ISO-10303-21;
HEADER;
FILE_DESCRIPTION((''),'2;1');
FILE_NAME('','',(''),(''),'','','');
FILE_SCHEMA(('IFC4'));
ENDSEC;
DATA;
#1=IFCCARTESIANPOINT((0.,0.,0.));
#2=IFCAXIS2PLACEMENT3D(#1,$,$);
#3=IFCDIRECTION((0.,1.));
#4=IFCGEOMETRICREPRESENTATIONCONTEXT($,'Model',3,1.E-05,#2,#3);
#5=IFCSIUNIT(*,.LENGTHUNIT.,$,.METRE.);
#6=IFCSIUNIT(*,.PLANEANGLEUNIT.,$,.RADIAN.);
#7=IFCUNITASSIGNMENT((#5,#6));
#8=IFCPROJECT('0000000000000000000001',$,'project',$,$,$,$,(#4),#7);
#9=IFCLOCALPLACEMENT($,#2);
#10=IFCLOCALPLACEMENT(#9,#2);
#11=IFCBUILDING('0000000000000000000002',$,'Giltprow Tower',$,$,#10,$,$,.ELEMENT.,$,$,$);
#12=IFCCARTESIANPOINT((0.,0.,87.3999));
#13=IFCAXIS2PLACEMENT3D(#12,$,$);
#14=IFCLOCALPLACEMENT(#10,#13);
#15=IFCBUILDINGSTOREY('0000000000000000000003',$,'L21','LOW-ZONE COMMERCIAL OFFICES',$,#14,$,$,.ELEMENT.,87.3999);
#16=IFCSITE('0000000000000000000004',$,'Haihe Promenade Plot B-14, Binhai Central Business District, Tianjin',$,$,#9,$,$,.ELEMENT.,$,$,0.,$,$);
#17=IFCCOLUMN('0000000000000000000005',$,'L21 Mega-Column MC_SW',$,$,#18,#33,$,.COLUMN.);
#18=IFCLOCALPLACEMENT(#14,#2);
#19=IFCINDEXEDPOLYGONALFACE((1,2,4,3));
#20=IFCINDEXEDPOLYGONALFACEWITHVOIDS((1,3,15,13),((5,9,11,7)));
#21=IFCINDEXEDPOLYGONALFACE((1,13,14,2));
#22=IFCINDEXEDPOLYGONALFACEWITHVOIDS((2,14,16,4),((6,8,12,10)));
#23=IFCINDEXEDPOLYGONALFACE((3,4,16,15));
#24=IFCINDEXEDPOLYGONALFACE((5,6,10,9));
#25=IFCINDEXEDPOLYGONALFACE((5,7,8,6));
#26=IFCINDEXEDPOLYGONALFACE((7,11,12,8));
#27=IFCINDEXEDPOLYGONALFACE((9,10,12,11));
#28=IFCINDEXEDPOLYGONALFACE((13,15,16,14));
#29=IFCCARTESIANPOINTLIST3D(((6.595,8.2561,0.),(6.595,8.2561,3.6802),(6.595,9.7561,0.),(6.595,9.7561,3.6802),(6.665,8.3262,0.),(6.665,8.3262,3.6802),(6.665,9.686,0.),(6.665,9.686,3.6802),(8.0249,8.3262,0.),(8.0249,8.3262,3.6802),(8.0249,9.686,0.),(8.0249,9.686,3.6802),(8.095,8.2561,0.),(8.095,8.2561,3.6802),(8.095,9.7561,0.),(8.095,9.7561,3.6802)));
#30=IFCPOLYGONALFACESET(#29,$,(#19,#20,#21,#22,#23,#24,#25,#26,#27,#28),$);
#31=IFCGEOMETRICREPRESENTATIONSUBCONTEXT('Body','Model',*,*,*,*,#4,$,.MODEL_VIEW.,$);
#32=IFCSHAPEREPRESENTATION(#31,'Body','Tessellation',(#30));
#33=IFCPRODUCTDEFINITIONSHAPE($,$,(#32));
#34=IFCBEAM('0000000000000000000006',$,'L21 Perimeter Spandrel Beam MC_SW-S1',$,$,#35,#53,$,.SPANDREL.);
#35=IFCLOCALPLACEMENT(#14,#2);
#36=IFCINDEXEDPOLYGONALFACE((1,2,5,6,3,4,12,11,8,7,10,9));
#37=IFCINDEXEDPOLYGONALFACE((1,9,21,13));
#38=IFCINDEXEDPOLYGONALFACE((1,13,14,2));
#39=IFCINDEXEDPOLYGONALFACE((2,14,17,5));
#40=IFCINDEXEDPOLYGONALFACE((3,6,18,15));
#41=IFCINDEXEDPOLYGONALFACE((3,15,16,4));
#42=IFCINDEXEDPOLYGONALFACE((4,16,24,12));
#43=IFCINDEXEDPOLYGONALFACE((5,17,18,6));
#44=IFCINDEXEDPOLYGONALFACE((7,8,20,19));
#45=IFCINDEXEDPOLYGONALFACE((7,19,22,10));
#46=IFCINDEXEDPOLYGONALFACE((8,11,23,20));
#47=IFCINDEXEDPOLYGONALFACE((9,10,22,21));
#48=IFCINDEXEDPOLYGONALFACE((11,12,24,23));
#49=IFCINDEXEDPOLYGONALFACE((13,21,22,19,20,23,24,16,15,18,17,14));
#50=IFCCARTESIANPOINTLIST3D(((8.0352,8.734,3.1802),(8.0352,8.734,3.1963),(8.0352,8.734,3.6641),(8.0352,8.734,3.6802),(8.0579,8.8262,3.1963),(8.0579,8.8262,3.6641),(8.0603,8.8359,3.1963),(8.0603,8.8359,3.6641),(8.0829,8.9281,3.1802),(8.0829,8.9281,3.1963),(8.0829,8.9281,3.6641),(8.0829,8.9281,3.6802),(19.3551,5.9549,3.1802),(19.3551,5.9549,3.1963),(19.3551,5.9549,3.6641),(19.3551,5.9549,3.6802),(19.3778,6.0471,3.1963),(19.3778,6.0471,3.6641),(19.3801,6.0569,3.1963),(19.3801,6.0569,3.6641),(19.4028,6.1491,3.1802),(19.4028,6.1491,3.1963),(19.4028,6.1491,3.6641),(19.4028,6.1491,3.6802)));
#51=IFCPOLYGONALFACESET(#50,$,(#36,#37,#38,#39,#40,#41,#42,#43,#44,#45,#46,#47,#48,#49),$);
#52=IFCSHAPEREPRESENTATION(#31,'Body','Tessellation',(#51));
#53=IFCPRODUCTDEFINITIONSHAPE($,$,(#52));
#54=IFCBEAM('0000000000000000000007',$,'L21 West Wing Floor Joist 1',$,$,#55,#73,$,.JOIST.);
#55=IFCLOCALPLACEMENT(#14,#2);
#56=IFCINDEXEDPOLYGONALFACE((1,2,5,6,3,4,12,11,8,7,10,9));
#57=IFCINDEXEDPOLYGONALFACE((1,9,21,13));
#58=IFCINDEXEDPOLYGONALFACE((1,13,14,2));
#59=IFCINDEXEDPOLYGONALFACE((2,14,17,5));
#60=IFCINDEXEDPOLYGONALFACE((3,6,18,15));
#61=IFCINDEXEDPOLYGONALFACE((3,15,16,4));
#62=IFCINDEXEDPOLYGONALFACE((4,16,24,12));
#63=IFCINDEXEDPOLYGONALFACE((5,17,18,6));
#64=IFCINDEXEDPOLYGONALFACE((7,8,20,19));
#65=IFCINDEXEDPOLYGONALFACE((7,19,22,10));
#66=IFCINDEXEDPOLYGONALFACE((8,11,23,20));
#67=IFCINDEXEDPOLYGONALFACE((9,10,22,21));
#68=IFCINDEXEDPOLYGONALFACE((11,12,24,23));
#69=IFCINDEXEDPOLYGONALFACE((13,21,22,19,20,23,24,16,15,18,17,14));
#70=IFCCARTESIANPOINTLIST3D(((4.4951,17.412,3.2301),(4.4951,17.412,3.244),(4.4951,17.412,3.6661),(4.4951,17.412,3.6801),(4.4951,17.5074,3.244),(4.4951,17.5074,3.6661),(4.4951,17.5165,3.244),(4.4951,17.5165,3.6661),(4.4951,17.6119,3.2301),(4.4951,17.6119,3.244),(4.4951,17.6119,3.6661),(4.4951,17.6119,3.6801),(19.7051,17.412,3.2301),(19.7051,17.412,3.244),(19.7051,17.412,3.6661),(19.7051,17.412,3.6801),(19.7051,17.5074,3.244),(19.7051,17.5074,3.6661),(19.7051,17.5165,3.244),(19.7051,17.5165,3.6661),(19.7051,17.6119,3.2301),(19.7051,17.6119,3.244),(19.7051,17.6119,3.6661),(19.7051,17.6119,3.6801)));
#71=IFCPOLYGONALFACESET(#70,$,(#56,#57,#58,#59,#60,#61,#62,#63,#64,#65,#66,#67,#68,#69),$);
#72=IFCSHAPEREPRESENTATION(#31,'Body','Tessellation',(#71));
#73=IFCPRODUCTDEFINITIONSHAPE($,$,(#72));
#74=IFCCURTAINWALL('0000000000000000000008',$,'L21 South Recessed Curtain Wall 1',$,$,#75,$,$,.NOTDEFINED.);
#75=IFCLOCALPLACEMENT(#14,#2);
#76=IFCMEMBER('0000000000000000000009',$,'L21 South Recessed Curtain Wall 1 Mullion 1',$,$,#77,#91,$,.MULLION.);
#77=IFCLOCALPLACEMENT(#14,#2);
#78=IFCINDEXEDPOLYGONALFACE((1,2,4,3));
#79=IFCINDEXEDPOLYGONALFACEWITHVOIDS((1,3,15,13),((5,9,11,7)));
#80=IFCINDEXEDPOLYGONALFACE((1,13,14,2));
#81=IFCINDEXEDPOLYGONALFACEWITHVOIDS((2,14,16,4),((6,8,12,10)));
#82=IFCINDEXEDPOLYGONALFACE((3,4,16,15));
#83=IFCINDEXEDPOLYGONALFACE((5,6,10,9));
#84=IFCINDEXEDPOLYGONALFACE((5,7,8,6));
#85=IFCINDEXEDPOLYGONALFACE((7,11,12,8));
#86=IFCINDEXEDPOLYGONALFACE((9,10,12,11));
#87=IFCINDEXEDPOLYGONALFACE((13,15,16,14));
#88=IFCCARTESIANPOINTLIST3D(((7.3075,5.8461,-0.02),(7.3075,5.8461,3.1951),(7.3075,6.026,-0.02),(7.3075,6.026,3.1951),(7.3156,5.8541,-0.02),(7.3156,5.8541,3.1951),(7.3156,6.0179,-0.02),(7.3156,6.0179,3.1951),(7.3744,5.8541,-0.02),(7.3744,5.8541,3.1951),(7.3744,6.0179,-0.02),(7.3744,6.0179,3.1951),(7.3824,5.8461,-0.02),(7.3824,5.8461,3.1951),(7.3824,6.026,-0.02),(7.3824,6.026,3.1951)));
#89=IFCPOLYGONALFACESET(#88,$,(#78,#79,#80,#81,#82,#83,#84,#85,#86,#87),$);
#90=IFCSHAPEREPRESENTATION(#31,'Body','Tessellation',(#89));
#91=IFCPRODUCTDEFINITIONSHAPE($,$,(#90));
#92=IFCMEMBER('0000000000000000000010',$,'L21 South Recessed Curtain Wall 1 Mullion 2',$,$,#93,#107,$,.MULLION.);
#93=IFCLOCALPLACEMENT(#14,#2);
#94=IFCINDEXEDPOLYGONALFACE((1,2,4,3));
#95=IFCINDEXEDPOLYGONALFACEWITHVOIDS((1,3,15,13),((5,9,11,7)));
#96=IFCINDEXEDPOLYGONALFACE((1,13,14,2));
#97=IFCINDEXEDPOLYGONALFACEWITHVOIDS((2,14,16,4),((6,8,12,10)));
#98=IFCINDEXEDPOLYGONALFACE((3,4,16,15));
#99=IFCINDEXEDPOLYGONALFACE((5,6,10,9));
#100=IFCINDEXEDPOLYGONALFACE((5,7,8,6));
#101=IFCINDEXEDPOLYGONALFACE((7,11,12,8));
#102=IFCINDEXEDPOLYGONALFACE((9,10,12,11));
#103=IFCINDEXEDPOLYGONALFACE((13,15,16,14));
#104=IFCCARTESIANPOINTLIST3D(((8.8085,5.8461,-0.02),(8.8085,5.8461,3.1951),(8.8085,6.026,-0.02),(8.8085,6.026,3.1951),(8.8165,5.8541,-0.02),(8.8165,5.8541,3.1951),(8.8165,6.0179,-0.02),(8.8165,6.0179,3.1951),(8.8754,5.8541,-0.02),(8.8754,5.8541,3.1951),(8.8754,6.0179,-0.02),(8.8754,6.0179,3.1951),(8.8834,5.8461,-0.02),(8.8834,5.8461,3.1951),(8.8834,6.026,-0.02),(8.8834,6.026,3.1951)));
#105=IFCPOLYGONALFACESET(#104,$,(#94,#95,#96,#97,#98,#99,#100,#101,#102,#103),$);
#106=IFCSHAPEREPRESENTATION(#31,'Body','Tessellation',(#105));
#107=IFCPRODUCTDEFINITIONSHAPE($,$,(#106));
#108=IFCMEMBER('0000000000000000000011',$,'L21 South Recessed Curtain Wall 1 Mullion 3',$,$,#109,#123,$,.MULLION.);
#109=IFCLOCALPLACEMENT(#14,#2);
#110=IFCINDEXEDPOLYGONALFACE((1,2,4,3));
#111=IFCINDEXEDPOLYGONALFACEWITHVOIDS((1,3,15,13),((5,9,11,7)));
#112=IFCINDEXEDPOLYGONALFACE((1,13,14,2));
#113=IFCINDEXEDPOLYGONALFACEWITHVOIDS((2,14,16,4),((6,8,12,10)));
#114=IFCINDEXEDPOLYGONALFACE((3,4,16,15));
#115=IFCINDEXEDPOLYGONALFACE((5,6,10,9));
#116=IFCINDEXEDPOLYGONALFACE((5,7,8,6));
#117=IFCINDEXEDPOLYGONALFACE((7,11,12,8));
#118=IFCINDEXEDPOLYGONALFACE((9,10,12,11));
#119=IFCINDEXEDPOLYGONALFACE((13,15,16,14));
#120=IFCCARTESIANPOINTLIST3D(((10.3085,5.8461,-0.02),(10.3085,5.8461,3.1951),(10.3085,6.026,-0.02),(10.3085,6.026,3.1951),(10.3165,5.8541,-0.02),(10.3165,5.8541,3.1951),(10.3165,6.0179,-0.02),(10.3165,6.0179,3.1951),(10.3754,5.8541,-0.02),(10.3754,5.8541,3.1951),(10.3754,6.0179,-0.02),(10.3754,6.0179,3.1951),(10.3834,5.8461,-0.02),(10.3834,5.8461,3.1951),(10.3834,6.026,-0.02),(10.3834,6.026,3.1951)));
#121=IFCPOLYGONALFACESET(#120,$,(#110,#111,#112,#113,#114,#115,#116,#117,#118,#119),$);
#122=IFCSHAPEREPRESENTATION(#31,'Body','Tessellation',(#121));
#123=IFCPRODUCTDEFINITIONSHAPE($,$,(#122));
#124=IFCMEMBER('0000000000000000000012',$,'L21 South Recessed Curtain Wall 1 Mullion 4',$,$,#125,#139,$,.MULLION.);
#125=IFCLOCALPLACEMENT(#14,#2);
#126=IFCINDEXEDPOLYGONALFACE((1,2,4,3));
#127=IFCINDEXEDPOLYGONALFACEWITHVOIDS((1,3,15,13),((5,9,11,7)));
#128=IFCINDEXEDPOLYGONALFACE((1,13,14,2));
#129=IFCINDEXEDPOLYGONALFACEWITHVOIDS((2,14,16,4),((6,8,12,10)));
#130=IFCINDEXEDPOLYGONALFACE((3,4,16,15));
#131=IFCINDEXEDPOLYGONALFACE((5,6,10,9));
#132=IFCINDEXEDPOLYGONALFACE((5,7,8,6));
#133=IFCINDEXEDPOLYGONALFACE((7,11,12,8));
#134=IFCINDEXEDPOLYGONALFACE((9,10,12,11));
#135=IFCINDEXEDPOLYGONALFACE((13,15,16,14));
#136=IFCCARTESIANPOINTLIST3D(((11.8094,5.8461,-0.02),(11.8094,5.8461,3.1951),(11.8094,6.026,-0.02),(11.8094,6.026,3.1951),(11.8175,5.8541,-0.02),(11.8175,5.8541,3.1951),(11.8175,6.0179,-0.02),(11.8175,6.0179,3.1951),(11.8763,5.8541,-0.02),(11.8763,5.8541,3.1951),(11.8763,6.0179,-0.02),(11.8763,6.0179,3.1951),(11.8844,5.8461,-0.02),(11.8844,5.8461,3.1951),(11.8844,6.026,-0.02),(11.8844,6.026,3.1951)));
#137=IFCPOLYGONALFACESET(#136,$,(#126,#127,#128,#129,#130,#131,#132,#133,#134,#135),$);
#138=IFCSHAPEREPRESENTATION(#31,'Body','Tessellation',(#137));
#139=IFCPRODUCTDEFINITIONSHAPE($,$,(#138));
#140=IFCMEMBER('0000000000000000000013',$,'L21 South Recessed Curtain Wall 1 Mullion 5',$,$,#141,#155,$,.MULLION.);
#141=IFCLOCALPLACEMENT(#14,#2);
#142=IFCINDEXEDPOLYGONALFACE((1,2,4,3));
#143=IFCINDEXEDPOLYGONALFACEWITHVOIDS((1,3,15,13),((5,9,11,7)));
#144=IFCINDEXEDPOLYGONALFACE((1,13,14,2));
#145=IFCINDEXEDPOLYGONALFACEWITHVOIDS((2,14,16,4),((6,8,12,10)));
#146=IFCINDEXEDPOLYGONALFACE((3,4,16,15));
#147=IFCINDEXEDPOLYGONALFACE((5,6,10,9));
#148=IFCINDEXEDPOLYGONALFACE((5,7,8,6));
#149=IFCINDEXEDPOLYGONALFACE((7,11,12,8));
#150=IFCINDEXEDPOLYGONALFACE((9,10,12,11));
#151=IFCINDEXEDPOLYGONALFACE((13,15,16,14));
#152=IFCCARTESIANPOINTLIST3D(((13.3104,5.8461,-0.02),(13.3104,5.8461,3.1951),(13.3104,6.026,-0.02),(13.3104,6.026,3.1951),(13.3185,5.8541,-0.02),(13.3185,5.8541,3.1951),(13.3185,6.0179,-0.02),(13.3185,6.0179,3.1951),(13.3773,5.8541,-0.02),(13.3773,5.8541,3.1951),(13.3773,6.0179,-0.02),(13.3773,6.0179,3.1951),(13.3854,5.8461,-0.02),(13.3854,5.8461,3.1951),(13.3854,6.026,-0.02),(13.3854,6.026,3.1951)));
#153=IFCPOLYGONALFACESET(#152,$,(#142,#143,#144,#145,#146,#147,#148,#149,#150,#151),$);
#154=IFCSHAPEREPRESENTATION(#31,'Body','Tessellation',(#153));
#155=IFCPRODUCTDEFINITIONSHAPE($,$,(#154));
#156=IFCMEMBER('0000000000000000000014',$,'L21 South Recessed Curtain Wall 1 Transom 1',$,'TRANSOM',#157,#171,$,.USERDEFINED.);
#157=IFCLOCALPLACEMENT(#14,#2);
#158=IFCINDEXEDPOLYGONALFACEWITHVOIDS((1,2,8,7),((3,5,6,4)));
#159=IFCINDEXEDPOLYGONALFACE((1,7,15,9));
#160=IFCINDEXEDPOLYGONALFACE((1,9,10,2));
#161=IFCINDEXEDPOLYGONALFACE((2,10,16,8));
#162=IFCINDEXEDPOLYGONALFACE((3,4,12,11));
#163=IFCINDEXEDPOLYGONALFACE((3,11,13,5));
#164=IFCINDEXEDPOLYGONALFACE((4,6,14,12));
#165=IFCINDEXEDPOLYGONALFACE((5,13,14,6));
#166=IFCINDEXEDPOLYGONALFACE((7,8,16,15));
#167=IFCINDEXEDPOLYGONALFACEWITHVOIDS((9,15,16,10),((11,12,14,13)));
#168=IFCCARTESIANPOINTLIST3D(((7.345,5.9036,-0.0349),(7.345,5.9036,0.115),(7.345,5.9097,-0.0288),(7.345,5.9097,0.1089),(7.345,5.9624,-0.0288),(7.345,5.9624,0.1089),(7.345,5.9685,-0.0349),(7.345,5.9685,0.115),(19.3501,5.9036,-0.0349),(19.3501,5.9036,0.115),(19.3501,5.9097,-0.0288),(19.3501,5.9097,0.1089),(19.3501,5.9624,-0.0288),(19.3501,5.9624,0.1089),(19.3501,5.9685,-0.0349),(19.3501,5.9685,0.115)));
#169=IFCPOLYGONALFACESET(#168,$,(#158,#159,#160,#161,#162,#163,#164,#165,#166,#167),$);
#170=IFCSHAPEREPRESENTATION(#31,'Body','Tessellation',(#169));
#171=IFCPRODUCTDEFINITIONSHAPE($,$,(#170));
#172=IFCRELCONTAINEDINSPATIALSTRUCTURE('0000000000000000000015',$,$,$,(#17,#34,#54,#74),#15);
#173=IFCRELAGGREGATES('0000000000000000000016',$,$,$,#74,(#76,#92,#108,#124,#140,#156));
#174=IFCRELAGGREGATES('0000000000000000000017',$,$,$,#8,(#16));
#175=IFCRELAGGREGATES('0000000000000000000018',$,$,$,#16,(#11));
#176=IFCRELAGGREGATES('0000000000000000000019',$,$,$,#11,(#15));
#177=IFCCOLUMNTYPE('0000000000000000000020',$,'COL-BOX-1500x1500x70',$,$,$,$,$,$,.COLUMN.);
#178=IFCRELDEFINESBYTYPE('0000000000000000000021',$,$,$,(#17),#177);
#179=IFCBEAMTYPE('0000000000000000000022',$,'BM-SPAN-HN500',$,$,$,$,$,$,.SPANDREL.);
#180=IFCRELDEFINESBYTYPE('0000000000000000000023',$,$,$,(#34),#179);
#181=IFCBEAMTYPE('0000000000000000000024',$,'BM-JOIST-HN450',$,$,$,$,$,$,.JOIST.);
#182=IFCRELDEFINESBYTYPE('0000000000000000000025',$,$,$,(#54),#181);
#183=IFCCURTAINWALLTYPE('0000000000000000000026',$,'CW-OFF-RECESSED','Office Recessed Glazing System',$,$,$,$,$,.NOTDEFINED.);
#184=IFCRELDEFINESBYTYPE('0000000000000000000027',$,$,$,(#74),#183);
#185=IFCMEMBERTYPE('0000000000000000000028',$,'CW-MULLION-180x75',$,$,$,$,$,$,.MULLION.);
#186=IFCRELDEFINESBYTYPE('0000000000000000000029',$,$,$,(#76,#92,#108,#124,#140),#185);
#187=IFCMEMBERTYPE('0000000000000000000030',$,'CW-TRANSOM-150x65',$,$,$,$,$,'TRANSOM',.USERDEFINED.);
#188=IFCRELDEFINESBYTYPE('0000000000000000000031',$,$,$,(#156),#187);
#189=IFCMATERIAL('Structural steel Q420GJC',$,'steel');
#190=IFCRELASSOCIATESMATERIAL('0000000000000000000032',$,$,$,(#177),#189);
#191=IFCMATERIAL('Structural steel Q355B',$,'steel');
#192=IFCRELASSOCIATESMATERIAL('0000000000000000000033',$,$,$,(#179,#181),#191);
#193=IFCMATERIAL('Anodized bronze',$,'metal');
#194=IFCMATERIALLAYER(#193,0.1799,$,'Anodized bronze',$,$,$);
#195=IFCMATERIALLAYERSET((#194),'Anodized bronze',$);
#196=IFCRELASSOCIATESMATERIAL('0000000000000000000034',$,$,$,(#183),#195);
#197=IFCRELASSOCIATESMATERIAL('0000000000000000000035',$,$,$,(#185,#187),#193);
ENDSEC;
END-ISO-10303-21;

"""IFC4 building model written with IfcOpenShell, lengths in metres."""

from ifc_helpers import new_model, si_unit, direction, frame, origin, origin_2d, place, context, subcontext, project, spatial, hollow_rectangle, i_section, extrude, source, transform, mapped, material, layer, layer_set, material_profile, profile_set, type_object, element, aggregate, save


model = new_model("IFC4")

# Units and contexts
model_context = context("Model", 3, precision=1e-05, world=origin(), true_north=direction((0.0, 1.0)))
body_context = subcontext(model_context, "Body", "Model", "MODEL_VIEW")
ifc_project = project(units=[si_unit("LENGTHUNIT", "METRE"), si_unit("PLANEANGLEUNIT", "RADIAN")], contexts=[model_context])

# Site, building, storey
site_placement = place(None, origin())
site = spatial("IfcSite", under=ifc_project, at=site_placement, Name="Haihe Promenade Plot B-14, Binhai Central Business District, Tianjin", CompositionType="ELEMENT", RefElevation=0.0)
building_placement = place(site_placement, origin())
building = spatial("IfcBuilding", under=site, at=building_placement, Name="Giltprow Tower", CompositionType="ELEMENT")
storey_placement = place(building_placement, frame((0.0, 0.0, 87.3999)))
storey = spatial("IfcBuildingStorey", under=building, at=storey_placement, Name="L21", Description="LOW-ZONE COMMERCIAL OFFICES", CompositionType="ELEMENT", Elevation=87.3999)

# Column
ifc_material_1 = material(Name="Structural steel Q420GJC", Category="steel")
ifc_material_profile_1 = material_profile(ifc_material_1, hollow_rectangle(XDim=1.5, YDim=1.5, WallThickness=0.0701, at=origin_2d()), Name="BOX 1500x1500x70")
ifc_profile_set_1 = profile_set([ifc_material_profile_1], Name="Structural steel Q420GJC")
column_type = type_object("IfcColumnType", Name="COL-BOX-1500x1500x70", PredefinedType="COLUMN", material=ifc_profile_set_1)
shared_shape_1 = source(origin(), body_context, "Body", "SweptSolid", [
    extrude(hollow_rectangle(XDim=1.5, YDim=1.5, WallThickness=0.0701, at=origin_2d()), origin(), (0.0, 0.0, 1.0), 3.6802),
])
column_placement = place(storey_placement, frame((7.345, 9.0061, 0.0), z_axis=(0.0, 0.0, 1.0), x_axis=(1.0, 0.0, 0.0)))
element("IfcColumn", 1, at=column_placement, inside=storey, type_object=column_type, Name="L21 Mega-Column MC_SW", PredefinedType="COLUMN", context=body_context, shape_type="MappedRepresentation", body=[
    mapped(shared_shape_1, transform((0.0, 0.0, 0.0), x_axis=(1.0, 0.0, 0.0), y_axis=(0.0, 1.0, 0.0), z_axis=(0.0, 0.0, 1.0), scale=1.0)),
])

# Beams
ifc_material_2 = material(Name="Structural steel Q355B", Category="steel")
ifc_material_profile_2 = material_profile(ifc_material_2, i_section(OverallWidth=0.2, OverallDepth=0.5, WebThickness=0.01, FlangeThickness=0.0161, at=origin_2d()), Name="HN 500x200x10x16")
ifc_profile_set_2 = profile_set([ifc_material_profile_2], Name="Structural steel Q355B")
beam_type_1 = type_object("IfcBeamType", Name="BM-SPAN-HN500", PredefinedType="SPANDREL", material=ifc_profile_set_2)
shared_shape_2 = source(origin(), body_context, "Body", "SweptSolid", [
    extrude(i_section(OverallWidth=0.2, OverallDepth=0.5, WebThickness=0.01, FlangeThickness=0.0161, at=origin_2d()), origin(), (0.0, 0.0, 1.0), 11.656),
])
beam_1_placement = place(storey_placement, frame((8.0591, 8.8311, 3.4302), z_axis=(0.971161, -0.238423, 0.0), x_axis=(0.238423, 0.971161, 0.0)))
element("IfcBeam", 2, at=beam_1_placement, inside=storey, type_object=beam_type_1, Name="L21 Perimeter Spandrel Beam MC_SW-S1", PredefinedType="SPANDREL", context=body_context, shape_type="MappedRepresentation", body=[
    mapped(shared_shape_2, transform((0.0, 0.0, 0.0), x_axis=(1.0, 0.0, 0.0), y_axis=(0.0, 1.0, 0.0), z_axis=(0.0, 0.0, 1.0), scale=1.0)),
])
ifc_material_profile_3 = material_profile(ifc_material_2, i_section(OverallWidth=0.2, OverallDepth=0.45, WebThickness=0.009, FlangeThickness=0.0139, at=origin_2d()), Name="HN 450x200x9x14")
ifc_profile_set_3 = profile_set([ifc_material_profile_3], Name="Structural steel Q355B")
beam_type_2 = type_object("IfcBeamType", Name="BM-JOIST-HN450", PredefinedType="JOIST", material=ifc_profile_set_3)
shared_shape_3 = source(origin(), body_context, "Body", "SweptSolid", [
    extrude(i_section(OverallWidth=0.2, OverallDepth=0.45, WebThickness=0.009, FlangeThickness=0.0139, at=origin_2d()), origin(), (0.0, 0.0, 1.0), 15.21),
])
beam_2_placement = place(storey_placement, frame((4.4951, 17.512, 3.4551), z_axis=(1.0, 0.0, 0.0), x_axis=(0.0, 1.0, 0.0)))
element("IfcBeam", 3, at=beam_2_placement, inside=storey, type_object=beam_type_2, Name="L21 West Wing Floor Joist 1", PredefinedType="JOIST", context=body_context, shape_type="MappedRepresentation", body=[
    mapped(shared_shape_3, transform((0.0, 0.0, 0.0), x_axis=(1.0, 0.0, 0.0), y_axis=(0.0, 1.0, 0.0), z_axis=(0.0, 0.0, 1.0), scale=1.0)),
])

# Curtain wall, members
ifc_material_3 = material(Name="Anodized bronze", Category="metal")
ifc_layer_1 = layer(ifc_material_3, 0.1799, Name="Anodized bronze")
ifc_layer_set_1 = layer_set([ifc_layer_1], Name="Anodized bronze")
curtain_wall_type = type_object("IfcCurtainWallType", Name="CW-OFF-RECESSED", Description="Office Recessed Glazing System", PredefinedType="NOTDEFINED", material=ifc_layer_set_1)
curtain_wall_placement = place(storey_placement, origin())
curtain_wall = element("IfcCurtainWall", 4, at=curtain_wall_placement, inside=storey, type_object=curtain_wall_type, Name="L21 South Recessed Curtain Wall 1", PredefinedType="NOTDEFINED")
ifc_material_profile_4 = material_profile(ifc_material_3, hollow_rectangle(XDim=0.075, YDim=0.1799, WallThickness=0.0081, at=origin_2d()), Name="RHS 180x75x8")
ifc_profile_set_4 = profile_set([ifc_material_profile_4], Name="Anodized bronze")
member_type_1 = type_object("IfcMemberType", Name="CW-MULLION-180x75", PredefinedType="MULLION", material=ifc_profile_set_4)
shared_shape_4 = source(origin(), body_context, "Body", "SweptSolid", [
    extrude(hollow_rectangle(XDim=0.075, YDim=0.1799, WallThickness=0.0081, at=origin_2d()), origin(), (0.0, 0.0, 1.0), 3.2151),
])
member_1_placement = place(storey_placement, frame((7.345, 5.936, -0.02), z_axis=(0.0, 0.0, 1.0), x_axis=(1.0, 0.0, 0.0)))
member_1 = element("IfcMember", 5, at=member_1_placement, type_object=member_type_1, Name="L21 South Recessed Curtain Wall 1 Mullion 1", PredefinedType="MULLION", context=body_context, shape_type="MappedRepresentation", body=[
    mapped(shared_shape_4, transform((0.0, 0.0, 0.0), x_axis=(1.0, 0.0, 0.0), y_axis=(0.0, 1.0, 0.0), z_axis=(0.0, 0.0, 1.0), scale=1.0)),
])
member_2_placement = place(storey_placement, frame((8.8459, 5.936, -0.02), z_axis=(0.0, 0.0, 1.0), x_axis=(1.0, 0.0, 0.0)))
member_2 = element("IfcMember", 6, at=member_2_placement, type_object=member_type_1, Name="L21 South Recessed Curtain Wall 1 Mullion 2", PredefinedType="MULLION", context=body_context, shape_type="MappedRepresentation", body=[
    mapped(shared_shape_4, transform((0.0, 0.0, 0.0), x_axis=(1.0, 0.0, 0.0), y_axis=(0.0, 1.0, 0.0), z_axis=(0.0, 0.0, 1.0), scale=1.0)),
])
member_3_placement = place(storey_placement, frame((10.3459, 5.936, -0.02), z_axis=(0.0, 0.0, 1.0), x_axis=(1.0, 0.0, 0.0)))
member_3 = element("IfcMember", 7, at=member_3_placement, type_object=member_type_1, Name="L21 South Recessed Curtain Wall 1 Mullion 3", PredefinedType="MULLION", context=body_context, shape_type="MappedRepresentation", body=[
    mapped(shared_shape_4, transform((0.0, 0.0, 0.0), x_axis=(1.0, 0.0, 0.0), y_axis=(0.0, 1.0, 0.0), z_axis=(0.0, 0.0, 1.0), scale=1.0)),
])
member_4_placement = place(storey_placement, frame((11.8469, 5.936, -0.02), z_axis=(0.0, 0.0, 1.0), x_axis=(1.0, 0.0, 0.0)))
member_4 = element("IfcMember", 8, at=member_4_placement, type_object=member_type_1, Name="L21 South Recessed Curtain Wall 1 Mullion 4", PredefinedType="MULLION", context=body_context, shape_type="MappedRepresentation", body=[
    mapped(shared_shape_4, transform((0.0, 0.0, 0.0), x_axis=(1.0, 0.0, 0.0), y_axis=(0.0, 1.0, 0.0), z_axis=(0.0, 0.0, 1.0), scale=1.0)),
])
member_5_placement = place(storey_placement, frame((13.3479, 5.936, -0.02), z_axis=(0.0, 0.0, 1.0), x_axis=(1.0, 0.0, 0.0)))
member_5 = element("IfcMember", 9, at=member_5_placement, type_object=member_type_1, Name="L21 South Recessed Curtain Wall 1 Mullion 5", PredefinedType="MULLION", context=body_context, shape_type="MappedRepresentation", body=[
    mapped(shared_shape_4, transform((0.0, 0.0, 0.0), x_axis=(1.0, 0.0, 0.0), y_axis=(0.0, 1.0, 0.0), z_axis=(0.0, 0.0, 1.0), scale=1.0)),
])
ifc_material_profile_5 = material_profile(ifc_material_3, hollow_rectangle(XDim=0.0649, YDim=0.1499, WallThickness=0.0061, at=origin_2d()), Name="RHS 150x65x6")
ifc_profile_set_5 = profile_set([ifc_material_profile_5], Name="Anodized bronze")
member_type_2 = type_object("IfcMemberType", Name="CW-TRANSOM-150x65", ElementType="TRANSOM", PredefinedType="USERDEFINED", material=ifc_profile_set_5)
shared_shape_5 = source(origin(), body_context, "Body", "SweptSolid", [
    extrude(hollow_rectangle(XDim=0.0649, YDim=0.1499, WallThickness=0.0061, at=origin_2d()), origin(), (0.0, 0.0, 1.0), 12.0051),
])
member_6_placement = place(storey_placement, frame((7.345, 5.936, 0.04), z_axis=(1.0, 0.0, 0.0), x_axis=(0.0, 1.0, 0.0)))
member_6 = element("IfcMember", 10, at=member_6_placement, type_object=member_type_2, Name="L21 South Recessed Curtain Wall 1 Transom 1", ObjectType="TRANSOM", PredefinedType="USERDEFINED", context=body_context, shape_type="MappedRepresentation", body=[
    mapped(shared_shape_5, transform((0.0, 0.0, 0.0), x_axis=(1.0, 0.0, 0.0), y_axis=(0.0, 1.0, 0.0), z_axis=(0.0, 0.0, 1.0), scale=1.0)),
])

aggregate(curtain_wall, [member_1, member_2, member_3, member_4, member_5, member_6])

save(model, "model.ifc")
